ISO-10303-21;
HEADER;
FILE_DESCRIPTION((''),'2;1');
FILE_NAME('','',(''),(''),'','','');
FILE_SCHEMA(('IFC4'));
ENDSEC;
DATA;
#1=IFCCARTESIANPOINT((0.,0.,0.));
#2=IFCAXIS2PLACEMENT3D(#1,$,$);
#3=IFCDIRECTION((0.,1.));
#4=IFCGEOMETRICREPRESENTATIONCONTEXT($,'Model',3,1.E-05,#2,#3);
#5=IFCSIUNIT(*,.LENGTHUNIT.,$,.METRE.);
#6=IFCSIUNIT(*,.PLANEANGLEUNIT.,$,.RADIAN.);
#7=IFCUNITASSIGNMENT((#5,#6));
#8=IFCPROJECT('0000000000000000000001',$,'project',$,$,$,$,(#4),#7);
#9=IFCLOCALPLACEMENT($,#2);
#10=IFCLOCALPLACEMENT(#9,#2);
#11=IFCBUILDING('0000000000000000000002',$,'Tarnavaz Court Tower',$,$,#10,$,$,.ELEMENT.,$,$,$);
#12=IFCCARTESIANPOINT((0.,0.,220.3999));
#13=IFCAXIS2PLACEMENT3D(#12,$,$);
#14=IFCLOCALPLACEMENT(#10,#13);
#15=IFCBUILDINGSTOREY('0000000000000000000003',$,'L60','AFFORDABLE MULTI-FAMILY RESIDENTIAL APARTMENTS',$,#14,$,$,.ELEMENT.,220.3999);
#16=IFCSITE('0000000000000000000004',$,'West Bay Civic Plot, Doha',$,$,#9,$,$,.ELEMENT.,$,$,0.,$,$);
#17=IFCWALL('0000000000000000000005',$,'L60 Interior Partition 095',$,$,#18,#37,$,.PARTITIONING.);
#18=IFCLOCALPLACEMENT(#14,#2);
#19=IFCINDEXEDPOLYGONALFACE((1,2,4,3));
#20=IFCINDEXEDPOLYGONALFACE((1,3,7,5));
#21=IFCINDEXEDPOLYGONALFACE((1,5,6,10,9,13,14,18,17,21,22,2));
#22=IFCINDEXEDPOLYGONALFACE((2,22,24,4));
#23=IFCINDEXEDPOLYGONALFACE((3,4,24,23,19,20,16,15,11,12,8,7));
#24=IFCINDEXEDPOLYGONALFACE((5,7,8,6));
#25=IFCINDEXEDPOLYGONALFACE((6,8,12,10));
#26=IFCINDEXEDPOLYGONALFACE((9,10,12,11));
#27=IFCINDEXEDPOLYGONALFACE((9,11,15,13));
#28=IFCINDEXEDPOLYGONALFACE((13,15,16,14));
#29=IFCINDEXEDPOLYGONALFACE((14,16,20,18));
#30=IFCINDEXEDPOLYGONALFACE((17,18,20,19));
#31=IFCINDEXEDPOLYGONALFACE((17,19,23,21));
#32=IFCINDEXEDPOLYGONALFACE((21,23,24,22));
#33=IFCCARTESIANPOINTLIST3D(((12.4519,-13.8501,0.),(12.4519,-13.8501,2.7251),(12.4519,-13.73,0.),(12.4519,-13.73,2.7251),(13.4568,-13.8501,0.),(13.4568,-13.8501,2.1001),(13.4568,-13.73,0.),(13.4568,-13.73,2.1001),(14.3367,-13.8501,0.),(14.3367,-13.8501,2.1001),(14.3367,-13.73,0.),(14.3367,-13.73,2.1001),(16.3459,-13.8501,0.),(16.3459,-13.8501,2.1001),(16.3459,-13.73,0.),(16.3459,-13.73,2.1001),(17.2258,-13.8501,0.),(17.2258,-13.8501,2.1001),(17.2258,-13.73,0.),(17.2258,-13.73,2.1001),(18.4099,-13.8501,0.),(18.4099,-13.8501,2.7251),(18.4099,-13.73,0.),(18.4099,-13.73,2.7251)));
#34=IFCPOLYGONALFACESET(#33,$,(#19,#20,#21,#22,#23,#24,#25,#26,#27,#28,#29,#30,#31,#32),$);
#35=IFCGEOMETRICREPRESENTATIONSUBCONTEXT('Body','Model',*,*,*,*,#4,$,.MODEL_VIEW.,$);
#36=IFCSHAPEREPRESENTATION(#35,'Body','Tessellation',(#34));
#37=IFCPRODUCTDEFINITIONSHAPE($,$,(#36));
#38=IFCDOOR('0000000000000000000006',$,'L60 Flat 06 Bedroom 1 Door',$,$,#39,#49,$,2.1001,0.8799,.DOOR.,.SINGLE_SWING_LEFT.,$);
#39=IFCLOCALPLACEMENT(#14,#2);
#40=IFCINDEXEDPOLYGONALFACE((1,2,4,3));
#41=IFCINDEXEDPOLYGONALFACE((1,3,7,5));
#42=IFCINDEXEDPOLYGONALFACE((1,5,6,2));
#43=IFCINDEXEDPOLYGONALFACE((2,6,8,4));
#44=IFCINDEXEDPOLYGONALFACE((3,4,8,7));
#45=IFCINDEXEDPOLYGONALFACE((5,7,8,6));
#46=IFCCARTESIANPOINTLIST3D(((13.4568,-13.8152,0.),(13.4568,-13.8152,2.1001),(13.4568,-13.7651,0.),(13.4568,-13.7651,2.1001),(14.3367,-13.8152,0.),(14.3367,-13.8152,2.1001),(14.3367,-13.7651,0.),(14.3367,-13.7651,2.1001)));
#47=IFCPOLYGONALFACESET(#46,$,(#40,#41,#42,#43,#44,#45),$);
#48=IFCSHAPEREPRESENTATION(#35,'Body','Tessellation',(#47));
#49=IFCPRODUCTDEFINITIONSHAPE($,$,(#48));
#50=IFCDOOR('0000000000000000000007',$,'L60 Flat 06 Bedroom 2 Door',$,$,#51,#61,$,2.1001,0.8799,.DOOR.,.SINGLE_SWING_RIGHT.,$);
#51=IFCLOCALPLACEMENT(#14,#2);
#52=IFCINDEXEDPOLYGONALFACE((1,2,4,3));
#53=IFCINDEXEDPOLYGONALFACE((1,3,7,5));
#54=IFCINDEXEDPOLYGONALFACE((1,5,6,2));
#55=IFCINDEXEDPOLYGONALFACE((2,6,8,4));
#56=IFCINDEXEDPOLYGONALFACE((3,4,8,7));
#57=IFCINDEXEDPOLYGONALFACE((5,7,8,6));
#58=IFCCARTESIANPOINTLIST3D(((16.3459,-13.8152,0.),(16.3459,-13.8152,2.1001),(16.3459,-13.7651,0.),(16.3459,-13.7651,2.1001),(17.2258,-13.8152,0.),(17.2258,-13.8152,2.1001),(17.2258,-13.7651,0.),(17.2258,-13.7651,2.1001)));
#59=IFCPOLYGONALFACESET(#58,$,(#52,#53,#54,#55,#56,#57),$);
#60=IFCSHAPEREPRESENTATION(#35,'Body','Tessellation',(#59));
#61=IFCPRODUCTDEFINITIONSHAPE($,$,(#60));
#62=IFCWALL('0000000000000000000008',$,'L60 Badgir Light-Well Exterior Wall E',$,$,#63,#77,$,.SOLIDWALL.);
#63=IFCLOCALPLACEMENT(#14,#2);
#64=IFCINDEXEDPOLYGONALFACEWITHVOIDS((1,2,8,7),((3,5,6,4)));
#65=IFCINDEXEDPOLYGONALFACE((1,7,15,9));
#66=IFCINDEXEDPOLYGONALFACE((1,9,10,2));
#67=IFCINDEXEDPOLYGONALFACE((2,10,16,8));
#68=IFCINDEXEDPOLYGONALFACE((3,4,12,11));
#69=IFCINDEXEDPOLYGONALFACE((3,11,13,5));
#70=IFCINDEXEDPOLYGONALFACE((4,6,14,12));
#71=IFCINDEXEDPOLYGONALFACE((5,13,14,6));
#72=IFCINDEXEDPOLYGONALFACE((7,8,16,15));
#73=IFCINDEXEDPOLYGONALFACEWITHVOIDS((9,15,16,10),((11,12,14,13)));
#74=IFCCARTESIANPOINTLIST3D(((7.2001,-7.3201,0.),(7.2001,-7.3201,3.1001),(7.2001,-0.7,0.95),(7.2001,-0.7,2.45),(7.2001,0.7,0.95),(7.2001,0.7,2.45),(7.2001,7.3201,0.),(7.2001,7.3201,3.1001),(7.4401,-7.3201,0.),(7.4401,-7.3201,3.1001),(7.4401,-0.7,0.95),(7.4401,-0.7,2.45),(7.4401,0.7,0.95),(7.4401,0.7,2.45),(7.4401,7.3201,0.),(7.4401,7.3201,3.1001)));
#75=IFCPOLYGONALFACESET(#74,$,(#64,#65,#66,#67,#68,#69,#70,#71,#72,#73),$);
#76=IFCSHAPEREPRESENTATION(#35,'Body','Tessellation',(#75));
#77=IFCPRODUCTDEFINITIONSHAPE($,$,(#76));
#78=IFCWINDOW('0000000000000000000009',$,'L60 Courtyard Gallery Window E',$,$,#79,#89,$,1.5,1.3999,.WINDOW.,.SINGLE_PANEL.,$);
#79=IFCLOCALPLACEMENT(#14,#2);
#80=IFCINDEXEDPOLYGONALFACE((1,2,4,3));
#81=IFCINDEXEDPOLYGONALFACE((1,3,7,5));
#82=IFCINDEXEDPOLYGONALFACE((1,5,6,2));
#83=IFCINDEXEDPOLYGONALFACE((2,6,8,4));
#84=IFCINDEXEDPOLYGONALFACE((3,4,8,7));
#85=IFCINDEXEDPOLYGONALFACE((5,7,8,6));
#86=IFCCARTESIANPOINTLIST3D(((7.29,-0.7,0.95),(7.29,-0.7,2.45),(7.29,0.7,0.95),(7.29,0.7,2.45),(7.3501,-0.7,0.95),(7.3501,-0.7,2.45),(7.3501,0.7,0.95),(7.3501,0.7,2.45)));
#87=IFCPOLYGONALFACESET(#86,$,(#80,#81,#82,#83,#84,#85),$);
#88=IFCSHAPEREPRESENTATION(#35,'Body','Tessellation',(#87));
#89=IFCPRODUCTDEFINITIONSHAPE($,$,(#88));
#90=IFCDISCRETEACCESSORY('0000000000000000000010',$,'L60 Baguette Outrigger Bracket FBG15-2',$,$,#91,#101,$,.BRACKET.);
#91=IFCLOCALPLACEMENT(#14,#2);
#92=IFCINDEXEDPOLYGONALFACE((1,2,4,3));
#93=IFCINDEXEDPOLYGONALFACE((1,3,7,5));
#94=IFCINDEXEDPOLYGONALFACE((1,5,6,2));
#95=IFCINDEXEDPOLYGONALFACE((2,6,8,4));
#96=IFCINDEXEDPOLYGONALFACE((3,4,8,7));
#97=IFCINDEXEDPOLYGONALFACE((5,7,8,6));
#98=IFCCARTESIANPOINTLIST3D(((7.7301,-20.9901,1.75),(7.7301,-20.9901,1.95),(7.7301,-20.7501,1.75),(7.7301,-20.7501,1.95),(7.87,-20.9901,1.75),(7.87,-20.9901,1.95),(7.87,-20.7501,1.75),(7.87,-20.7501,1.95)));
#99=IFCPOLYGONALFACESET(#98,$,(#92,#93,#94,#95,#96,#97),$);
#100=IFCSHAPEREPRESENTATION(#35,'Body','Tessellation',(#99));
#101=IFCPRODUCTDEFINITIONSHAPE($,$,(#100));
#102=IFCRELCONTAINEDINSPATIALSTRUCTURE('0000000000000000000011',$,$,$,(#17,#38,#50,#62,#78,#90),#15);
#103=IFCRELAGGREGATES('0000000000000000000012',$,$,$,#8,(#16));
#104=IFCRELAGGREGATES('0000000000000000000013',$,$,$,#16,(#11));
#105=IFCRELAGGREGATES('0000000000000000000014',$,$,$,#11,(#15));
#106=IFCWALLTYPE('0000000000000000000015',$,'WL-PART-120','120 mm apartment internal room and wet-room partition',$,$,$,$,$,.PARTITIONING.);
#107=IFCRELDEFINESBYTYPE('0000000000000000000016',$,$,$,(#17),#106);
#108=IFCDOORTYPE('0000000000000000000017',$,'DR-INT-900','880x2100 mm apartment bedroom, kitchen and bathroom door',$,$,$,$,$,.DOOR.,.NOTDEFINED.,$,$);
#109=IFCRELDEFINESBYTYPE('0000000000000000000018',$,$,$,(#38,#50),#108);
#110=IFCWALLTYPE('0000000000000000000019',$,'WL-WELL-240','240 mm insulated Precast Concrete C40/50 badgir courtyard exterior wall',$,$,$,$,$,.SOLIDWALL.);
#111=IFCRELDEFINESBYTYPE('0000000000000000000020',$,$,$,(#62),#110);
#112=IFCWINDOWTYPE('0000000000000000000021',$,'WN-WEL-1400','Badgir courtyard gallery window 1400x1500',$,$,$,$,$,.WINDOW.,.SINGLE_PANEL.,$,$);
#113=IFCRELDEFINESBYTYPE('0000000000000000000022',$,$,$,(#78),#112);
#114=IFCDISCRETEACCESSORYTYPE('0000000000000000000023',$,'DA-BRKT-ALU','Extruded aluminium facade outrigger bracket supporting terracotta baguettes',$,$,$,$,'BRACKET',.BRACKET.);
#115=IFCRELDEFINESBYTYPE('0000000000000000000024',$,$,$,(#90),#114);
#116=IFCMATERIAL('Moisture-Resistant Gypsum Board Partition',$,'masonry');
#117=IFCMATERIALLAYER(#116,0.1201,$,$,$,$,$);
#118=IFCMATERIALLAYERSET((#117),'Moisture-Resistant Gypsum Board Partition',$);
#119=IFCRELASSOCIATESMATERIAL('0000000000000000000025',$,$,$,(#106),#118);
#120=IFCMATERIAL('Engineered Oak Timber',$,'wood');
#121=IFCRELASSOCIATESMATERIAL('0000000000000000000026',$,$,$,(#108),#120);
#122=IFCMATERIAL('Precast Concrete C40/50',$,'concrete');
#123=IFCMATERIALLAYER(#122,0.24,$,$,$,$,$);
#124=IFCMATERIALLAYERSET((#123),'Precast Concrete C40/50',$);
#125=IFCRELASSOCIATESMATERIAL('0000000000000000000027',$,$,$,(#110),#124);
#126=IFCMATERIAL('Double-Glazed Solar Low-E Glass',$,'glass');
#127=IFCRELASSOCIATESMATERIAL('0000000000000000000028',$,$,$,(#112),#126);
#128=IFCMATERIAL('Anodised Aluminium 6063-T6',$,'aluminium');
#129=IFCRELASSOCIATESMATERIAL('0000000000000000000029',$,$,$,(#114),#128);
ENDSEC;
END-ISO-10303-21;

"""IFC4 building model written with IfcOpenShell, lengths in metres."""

from ifc_helpers import new_model, si_unit, direction, frame, frame_2d, origin, origin_2d, place, context, subcontext, project, spatial, rectangle, extrude, material, layer, layer_set, type_object, element, fill, save


model = new_model("IFC4")

# Units and contexts
model_context = context("Model", 3, precision=1e-05, world=origin(), true_north=direction((0.0, 1.0)))
body_context = subcontext(model_context, "Body", "Model", "MODEL_VIEW")
ifc_project = project(units=[si_unit("LENGTHUNIT", "METRE"), si_unit("PLANEANGLEUNIT", "RADIAN")], contexts=[model_context])

# Site, building, storey
site_placement = place(None, origin())
site = spatial("IfcSite", under=ifc_project, at=site_placement, Name="West Bay Civic Plot, Doha", CompositionType="ELEMENT", RefElevation=0.0)
building_placement = place(site_placement, origin())
building = spatial("IfcBuilding", under=site, at=building_placement, Name="Tarnavaz Court Tower", CompositionType="ELEMENT")
storey_placement = place(building_placement, frame((0.0, 0.0, 220.3999)))
storey = spatial("IfcBuildingStorey", under=building, at=storey_placement, Name="L60", Description="AFFORDABLE MULTI-FAMILY RESIDENTIAL APARTMENTS", CompositionType="ELEMENT", Elevation=220.3999)

# Shared definitions
ifc_material_1 = material(Name="Precast Concrete C40/50", Category="concrete")

# Wall, openings, doors
ifc_material_2 = material(Name="Moisture-Resistant Gypsum Board Partition", Category="masonry")
ifc_layer_1 = layer(ifc_material_2, 0.1201)
ifc_layer_set_1 = layer_set([ifc_layer_1], Name="Moisture-Resistant Gypsum Board Partition")
wall_type_1 = type_object("IfcWallType", Name="WL-PART-120", Description="120 mm apartment internal room and wet-room partition", PredefinedType="PARTITIONING", material=ifc_layer_set_1)
wall_1_placement = place(storey_placement, frame((12.4519, -13.79, 0.0), z_axis=(0.0, 0.0, 1.0), x_axis=(1.0, 0.0, 0.0)))
wall_1 = element("IfcWall", 1, at=wall_1_placement, inside=storey, type_object=wall_type_1, Name="L60 Interior Partition 095", PredefinedType="PARTITIONING", context=body_context, shape_type="SweptSolid", body=[
    extrude(rectangle(XDim=5.958, YDim=0.1201, at=frame_2d((2.979, 0.0))), origin(), (0.0, 0.0, 1.0), 2.7251),
])
opening_1_placement = place(wall_1_placement, frame((1.0049, 0.0, 0.0)))
opening_1 = element("IfcOpeningElement", 2, at=opening_1_placement, cuts=wall_1, PredefinedType="OPENING", context=body_context, shape_type="SweptSolid", body=[
    extrude(rectangle(XDim=0.8799, YDim=2.1001, at=frame_2d((0.4399, 1.05))), frame((0.0, 0.0701, 0.0), z_axis=(0.0, -1.0, 0.0), x_axis=(1.0, 0.0, 0.0)), (0.0, 0.0, 1.0), 0.1401),
])
opening_2_placement = place(wall_1_placement, frame((3.894, 0.0, 0.0)))
opening_2 = element("IfcOpeningElement", 3, at=opening_2_placement, cuts=wall_1, PredefinedType="OPENING", context=body_context, shape_type="SweptSolid", body=[
    extrude(rectangle(XDim=0.8799, YDim=2.1001, at=frame_2d((0.4399, 1.05))), frame((0.0, 0.0701, 0.0), z_axis=(0.0, -1.0, 0.0), x_axis=(1.0, 0.0, 0.0)), (0.0, 0.0, 1.0), 0.1401),
])
ifc_material_3 = material(Name="Engineered Oak Timber", Category="wood")
door_type_1 = type_object("IfcDoorType", Name="DR-INT-900", Description="880x2100 mm apartment bedroom, kitchen and bathroom door", OperationType="NOTDEFINED", PredefinedType="DOOR", material=ifc_material_3)
door_1_placement = place(opening_1_placement, origin())
door_1 = element("IfcDoor", 4, at=door_1_placement, inside=storey, type_object=door_type_1, Name="L60 Flat 06 Bedroom 1 Door", OperationType="SINGLE_SWING_LEFT", OverallHeight=2.1001, OverallWidth=0.8799, PredefinedType="DOOR", context=body_context, shape_type="SweptSolid", body=[
    extrude(rectangle(XDim=0.8799, YDim=2.1001, at=frame_2d((0.4399, 1.05))), frame((0.0, 0.0249, 0.0), z_axis=(0.0, -1.0, 0.0), x_axis=(1.0, 0.0, 0.0)), (0.0, 0.0, 1.0), 0.05),
])
fill(opening_1, door_1)
door_2_placement = place(opening_2_placement, origin())
door_2 = element("IfcDoor", 5, at=door_2_placement, inside=storey, type_object=door_type_1, Name="L60 Flat 06 Bedroom 2 Door", OperationType="SINGLE_SWING_RIGHT", OverallHeight=2.1001, OverallWidth=0.8799, PredefinedType="DOOR", context=body_context, shape_type="SweptSolid", body=[
    extrude(rectangle(XDim=0.8799, YDim=2.1001, at=frame_2d((0.4399, 1.05))), frame((0.0, 0.0249, 0.0), z_axis=(0.0, -1.0, 0.0), x_axis=(1.0, 0.0, 0.0)), (0.0, 0.0, 1.0), 0.05),
])
fill(opening_2, door_2)

# Wall, opening, window
ifc_layer_2 = layer(ifc_material_1, 0.24)
ifc_layer_set_2 = layer_set([ifc_layer_2], Name="Precast Concrete C40/50")
wall_type_2 = type_object("IfcWallType", Name="WL-WELL-240", Description="240 mm insulated Precast Concrete C40/50 badgir courtyard exterior wall", PredefinedType="SOLIDWALL", material=ifc_layer_set_2)
wall_2_placement = place(storey_placement, frame((7.3201, -7.3201, 0.0), z_axis=(0.0, 0.0, 1.0), x_axis=(0.0, 1.0, 0.0)))
wall_2 = element("IfcWall", 6, at=wall_2_placement, inside=storey, type_object=wall_type_2, Name="L60 Badgir Light-Well Exterior Wall E", PredefinedType="SOLIDWALL", context=body_context, shape_type="SweptSolid", body=[
    extrude(rectangle(XDim=14.6401, YDim=0.24, at=frame_2d((7.3201, 0.0))), origin(), (0.0, 0.0, 1.0), 3.1001),
])
opening_3_placement = place(wall_2_placement, frame((6.6201, 0.0, 0.95)))
opening_3 = element("IfcOpeningElement", 7, at=opening_3_placement, cuts=wall_2, PredefinedType="OPENING", context=body_context, shape_type="SweptSolid", body=[
    extrude(rectangle(XDim=1.3999, YDim=1.5, at=frame_2d((0.7, 0.75))), frame((0.0, 0.1299, 0.0), z_axis=(0.0, -1.0, 0.0), x_axis=(1.0, 0.0, 0.0)), (0.0, 0.0, 1.0), 0.26),
])
ifc_material_4 = material(Name="Double-Glazed Solar Low-E Glass", Category="glass")
window_type = type_object("IfcWindowType", Name="WN-WEL-1400", Description="Badgir courtyard gallery window 1400x1500", PartitioningType="SINGLE_PANEL", PredefinedType="WINDOW", material=ifc_material_4)
window_placement = place(opening_3_placement, origin())
window = element("IfcWindow", 8, at=window_placement, inside=storey, type_object=window_type, Name="L60 Courtyard Gallery Window E", OverallHeight=1.5, OverallWidth=1.3999, PartitioningType="SINGLE_PANEL", PredefinedType="WINDOW", context=body_context, shape_type="SweptSolid", body=[
    extrude(rectangle(XDim=1.3999, YDim=1.5, at=frame_2d((0.7, 0.75))), frame((0.0, 0.03, 0.0), z_axis=(0.0, -1.0, 0.0), x_axis=(1.0, 0.0, 0.0)), (0.0, 0.0, 1.0), 0.0601),
])
fill(opening_3, window)

# Discrete accessory
ifc_material_5 = material(Name="Anodised Aluminium 6063-T6", Category="aluminium")
discrete_accessory_type = type_object("IfcDiscreteAccessoryType", Name="DA-BRKT-ALU", Description="Extruded aluminium facade outrigger bracket supporting terracotta baguettes", ElementType="BRACKET", PredefinedType="BRACKET", material=ifc_material_5)
discrete_accessory_placement = place(storey_placement, frame((7.8, -20.8701, 1.75), z_axis=(0.0, 0.0, 1.0), x_axis=(-1.0, 0.0, 0.0)))
element("IfcDiscreteAccessory", 9, at=discrete_accessory_placement, inside=storey, type_object=discrete_accessory_type, Name="L60 Baguette Outrigger Bracket FBG15-2", PredefinedType="BRACKET", context=body_context, shape_type="SweptSolid", body=[
    extrude(rectangle(XDim=0.1399, YDim=0.24, at=origin_2d()), origin(), (0.0, 0.0, 1.0), 0.2),
])

save(model, "model.ifc")
